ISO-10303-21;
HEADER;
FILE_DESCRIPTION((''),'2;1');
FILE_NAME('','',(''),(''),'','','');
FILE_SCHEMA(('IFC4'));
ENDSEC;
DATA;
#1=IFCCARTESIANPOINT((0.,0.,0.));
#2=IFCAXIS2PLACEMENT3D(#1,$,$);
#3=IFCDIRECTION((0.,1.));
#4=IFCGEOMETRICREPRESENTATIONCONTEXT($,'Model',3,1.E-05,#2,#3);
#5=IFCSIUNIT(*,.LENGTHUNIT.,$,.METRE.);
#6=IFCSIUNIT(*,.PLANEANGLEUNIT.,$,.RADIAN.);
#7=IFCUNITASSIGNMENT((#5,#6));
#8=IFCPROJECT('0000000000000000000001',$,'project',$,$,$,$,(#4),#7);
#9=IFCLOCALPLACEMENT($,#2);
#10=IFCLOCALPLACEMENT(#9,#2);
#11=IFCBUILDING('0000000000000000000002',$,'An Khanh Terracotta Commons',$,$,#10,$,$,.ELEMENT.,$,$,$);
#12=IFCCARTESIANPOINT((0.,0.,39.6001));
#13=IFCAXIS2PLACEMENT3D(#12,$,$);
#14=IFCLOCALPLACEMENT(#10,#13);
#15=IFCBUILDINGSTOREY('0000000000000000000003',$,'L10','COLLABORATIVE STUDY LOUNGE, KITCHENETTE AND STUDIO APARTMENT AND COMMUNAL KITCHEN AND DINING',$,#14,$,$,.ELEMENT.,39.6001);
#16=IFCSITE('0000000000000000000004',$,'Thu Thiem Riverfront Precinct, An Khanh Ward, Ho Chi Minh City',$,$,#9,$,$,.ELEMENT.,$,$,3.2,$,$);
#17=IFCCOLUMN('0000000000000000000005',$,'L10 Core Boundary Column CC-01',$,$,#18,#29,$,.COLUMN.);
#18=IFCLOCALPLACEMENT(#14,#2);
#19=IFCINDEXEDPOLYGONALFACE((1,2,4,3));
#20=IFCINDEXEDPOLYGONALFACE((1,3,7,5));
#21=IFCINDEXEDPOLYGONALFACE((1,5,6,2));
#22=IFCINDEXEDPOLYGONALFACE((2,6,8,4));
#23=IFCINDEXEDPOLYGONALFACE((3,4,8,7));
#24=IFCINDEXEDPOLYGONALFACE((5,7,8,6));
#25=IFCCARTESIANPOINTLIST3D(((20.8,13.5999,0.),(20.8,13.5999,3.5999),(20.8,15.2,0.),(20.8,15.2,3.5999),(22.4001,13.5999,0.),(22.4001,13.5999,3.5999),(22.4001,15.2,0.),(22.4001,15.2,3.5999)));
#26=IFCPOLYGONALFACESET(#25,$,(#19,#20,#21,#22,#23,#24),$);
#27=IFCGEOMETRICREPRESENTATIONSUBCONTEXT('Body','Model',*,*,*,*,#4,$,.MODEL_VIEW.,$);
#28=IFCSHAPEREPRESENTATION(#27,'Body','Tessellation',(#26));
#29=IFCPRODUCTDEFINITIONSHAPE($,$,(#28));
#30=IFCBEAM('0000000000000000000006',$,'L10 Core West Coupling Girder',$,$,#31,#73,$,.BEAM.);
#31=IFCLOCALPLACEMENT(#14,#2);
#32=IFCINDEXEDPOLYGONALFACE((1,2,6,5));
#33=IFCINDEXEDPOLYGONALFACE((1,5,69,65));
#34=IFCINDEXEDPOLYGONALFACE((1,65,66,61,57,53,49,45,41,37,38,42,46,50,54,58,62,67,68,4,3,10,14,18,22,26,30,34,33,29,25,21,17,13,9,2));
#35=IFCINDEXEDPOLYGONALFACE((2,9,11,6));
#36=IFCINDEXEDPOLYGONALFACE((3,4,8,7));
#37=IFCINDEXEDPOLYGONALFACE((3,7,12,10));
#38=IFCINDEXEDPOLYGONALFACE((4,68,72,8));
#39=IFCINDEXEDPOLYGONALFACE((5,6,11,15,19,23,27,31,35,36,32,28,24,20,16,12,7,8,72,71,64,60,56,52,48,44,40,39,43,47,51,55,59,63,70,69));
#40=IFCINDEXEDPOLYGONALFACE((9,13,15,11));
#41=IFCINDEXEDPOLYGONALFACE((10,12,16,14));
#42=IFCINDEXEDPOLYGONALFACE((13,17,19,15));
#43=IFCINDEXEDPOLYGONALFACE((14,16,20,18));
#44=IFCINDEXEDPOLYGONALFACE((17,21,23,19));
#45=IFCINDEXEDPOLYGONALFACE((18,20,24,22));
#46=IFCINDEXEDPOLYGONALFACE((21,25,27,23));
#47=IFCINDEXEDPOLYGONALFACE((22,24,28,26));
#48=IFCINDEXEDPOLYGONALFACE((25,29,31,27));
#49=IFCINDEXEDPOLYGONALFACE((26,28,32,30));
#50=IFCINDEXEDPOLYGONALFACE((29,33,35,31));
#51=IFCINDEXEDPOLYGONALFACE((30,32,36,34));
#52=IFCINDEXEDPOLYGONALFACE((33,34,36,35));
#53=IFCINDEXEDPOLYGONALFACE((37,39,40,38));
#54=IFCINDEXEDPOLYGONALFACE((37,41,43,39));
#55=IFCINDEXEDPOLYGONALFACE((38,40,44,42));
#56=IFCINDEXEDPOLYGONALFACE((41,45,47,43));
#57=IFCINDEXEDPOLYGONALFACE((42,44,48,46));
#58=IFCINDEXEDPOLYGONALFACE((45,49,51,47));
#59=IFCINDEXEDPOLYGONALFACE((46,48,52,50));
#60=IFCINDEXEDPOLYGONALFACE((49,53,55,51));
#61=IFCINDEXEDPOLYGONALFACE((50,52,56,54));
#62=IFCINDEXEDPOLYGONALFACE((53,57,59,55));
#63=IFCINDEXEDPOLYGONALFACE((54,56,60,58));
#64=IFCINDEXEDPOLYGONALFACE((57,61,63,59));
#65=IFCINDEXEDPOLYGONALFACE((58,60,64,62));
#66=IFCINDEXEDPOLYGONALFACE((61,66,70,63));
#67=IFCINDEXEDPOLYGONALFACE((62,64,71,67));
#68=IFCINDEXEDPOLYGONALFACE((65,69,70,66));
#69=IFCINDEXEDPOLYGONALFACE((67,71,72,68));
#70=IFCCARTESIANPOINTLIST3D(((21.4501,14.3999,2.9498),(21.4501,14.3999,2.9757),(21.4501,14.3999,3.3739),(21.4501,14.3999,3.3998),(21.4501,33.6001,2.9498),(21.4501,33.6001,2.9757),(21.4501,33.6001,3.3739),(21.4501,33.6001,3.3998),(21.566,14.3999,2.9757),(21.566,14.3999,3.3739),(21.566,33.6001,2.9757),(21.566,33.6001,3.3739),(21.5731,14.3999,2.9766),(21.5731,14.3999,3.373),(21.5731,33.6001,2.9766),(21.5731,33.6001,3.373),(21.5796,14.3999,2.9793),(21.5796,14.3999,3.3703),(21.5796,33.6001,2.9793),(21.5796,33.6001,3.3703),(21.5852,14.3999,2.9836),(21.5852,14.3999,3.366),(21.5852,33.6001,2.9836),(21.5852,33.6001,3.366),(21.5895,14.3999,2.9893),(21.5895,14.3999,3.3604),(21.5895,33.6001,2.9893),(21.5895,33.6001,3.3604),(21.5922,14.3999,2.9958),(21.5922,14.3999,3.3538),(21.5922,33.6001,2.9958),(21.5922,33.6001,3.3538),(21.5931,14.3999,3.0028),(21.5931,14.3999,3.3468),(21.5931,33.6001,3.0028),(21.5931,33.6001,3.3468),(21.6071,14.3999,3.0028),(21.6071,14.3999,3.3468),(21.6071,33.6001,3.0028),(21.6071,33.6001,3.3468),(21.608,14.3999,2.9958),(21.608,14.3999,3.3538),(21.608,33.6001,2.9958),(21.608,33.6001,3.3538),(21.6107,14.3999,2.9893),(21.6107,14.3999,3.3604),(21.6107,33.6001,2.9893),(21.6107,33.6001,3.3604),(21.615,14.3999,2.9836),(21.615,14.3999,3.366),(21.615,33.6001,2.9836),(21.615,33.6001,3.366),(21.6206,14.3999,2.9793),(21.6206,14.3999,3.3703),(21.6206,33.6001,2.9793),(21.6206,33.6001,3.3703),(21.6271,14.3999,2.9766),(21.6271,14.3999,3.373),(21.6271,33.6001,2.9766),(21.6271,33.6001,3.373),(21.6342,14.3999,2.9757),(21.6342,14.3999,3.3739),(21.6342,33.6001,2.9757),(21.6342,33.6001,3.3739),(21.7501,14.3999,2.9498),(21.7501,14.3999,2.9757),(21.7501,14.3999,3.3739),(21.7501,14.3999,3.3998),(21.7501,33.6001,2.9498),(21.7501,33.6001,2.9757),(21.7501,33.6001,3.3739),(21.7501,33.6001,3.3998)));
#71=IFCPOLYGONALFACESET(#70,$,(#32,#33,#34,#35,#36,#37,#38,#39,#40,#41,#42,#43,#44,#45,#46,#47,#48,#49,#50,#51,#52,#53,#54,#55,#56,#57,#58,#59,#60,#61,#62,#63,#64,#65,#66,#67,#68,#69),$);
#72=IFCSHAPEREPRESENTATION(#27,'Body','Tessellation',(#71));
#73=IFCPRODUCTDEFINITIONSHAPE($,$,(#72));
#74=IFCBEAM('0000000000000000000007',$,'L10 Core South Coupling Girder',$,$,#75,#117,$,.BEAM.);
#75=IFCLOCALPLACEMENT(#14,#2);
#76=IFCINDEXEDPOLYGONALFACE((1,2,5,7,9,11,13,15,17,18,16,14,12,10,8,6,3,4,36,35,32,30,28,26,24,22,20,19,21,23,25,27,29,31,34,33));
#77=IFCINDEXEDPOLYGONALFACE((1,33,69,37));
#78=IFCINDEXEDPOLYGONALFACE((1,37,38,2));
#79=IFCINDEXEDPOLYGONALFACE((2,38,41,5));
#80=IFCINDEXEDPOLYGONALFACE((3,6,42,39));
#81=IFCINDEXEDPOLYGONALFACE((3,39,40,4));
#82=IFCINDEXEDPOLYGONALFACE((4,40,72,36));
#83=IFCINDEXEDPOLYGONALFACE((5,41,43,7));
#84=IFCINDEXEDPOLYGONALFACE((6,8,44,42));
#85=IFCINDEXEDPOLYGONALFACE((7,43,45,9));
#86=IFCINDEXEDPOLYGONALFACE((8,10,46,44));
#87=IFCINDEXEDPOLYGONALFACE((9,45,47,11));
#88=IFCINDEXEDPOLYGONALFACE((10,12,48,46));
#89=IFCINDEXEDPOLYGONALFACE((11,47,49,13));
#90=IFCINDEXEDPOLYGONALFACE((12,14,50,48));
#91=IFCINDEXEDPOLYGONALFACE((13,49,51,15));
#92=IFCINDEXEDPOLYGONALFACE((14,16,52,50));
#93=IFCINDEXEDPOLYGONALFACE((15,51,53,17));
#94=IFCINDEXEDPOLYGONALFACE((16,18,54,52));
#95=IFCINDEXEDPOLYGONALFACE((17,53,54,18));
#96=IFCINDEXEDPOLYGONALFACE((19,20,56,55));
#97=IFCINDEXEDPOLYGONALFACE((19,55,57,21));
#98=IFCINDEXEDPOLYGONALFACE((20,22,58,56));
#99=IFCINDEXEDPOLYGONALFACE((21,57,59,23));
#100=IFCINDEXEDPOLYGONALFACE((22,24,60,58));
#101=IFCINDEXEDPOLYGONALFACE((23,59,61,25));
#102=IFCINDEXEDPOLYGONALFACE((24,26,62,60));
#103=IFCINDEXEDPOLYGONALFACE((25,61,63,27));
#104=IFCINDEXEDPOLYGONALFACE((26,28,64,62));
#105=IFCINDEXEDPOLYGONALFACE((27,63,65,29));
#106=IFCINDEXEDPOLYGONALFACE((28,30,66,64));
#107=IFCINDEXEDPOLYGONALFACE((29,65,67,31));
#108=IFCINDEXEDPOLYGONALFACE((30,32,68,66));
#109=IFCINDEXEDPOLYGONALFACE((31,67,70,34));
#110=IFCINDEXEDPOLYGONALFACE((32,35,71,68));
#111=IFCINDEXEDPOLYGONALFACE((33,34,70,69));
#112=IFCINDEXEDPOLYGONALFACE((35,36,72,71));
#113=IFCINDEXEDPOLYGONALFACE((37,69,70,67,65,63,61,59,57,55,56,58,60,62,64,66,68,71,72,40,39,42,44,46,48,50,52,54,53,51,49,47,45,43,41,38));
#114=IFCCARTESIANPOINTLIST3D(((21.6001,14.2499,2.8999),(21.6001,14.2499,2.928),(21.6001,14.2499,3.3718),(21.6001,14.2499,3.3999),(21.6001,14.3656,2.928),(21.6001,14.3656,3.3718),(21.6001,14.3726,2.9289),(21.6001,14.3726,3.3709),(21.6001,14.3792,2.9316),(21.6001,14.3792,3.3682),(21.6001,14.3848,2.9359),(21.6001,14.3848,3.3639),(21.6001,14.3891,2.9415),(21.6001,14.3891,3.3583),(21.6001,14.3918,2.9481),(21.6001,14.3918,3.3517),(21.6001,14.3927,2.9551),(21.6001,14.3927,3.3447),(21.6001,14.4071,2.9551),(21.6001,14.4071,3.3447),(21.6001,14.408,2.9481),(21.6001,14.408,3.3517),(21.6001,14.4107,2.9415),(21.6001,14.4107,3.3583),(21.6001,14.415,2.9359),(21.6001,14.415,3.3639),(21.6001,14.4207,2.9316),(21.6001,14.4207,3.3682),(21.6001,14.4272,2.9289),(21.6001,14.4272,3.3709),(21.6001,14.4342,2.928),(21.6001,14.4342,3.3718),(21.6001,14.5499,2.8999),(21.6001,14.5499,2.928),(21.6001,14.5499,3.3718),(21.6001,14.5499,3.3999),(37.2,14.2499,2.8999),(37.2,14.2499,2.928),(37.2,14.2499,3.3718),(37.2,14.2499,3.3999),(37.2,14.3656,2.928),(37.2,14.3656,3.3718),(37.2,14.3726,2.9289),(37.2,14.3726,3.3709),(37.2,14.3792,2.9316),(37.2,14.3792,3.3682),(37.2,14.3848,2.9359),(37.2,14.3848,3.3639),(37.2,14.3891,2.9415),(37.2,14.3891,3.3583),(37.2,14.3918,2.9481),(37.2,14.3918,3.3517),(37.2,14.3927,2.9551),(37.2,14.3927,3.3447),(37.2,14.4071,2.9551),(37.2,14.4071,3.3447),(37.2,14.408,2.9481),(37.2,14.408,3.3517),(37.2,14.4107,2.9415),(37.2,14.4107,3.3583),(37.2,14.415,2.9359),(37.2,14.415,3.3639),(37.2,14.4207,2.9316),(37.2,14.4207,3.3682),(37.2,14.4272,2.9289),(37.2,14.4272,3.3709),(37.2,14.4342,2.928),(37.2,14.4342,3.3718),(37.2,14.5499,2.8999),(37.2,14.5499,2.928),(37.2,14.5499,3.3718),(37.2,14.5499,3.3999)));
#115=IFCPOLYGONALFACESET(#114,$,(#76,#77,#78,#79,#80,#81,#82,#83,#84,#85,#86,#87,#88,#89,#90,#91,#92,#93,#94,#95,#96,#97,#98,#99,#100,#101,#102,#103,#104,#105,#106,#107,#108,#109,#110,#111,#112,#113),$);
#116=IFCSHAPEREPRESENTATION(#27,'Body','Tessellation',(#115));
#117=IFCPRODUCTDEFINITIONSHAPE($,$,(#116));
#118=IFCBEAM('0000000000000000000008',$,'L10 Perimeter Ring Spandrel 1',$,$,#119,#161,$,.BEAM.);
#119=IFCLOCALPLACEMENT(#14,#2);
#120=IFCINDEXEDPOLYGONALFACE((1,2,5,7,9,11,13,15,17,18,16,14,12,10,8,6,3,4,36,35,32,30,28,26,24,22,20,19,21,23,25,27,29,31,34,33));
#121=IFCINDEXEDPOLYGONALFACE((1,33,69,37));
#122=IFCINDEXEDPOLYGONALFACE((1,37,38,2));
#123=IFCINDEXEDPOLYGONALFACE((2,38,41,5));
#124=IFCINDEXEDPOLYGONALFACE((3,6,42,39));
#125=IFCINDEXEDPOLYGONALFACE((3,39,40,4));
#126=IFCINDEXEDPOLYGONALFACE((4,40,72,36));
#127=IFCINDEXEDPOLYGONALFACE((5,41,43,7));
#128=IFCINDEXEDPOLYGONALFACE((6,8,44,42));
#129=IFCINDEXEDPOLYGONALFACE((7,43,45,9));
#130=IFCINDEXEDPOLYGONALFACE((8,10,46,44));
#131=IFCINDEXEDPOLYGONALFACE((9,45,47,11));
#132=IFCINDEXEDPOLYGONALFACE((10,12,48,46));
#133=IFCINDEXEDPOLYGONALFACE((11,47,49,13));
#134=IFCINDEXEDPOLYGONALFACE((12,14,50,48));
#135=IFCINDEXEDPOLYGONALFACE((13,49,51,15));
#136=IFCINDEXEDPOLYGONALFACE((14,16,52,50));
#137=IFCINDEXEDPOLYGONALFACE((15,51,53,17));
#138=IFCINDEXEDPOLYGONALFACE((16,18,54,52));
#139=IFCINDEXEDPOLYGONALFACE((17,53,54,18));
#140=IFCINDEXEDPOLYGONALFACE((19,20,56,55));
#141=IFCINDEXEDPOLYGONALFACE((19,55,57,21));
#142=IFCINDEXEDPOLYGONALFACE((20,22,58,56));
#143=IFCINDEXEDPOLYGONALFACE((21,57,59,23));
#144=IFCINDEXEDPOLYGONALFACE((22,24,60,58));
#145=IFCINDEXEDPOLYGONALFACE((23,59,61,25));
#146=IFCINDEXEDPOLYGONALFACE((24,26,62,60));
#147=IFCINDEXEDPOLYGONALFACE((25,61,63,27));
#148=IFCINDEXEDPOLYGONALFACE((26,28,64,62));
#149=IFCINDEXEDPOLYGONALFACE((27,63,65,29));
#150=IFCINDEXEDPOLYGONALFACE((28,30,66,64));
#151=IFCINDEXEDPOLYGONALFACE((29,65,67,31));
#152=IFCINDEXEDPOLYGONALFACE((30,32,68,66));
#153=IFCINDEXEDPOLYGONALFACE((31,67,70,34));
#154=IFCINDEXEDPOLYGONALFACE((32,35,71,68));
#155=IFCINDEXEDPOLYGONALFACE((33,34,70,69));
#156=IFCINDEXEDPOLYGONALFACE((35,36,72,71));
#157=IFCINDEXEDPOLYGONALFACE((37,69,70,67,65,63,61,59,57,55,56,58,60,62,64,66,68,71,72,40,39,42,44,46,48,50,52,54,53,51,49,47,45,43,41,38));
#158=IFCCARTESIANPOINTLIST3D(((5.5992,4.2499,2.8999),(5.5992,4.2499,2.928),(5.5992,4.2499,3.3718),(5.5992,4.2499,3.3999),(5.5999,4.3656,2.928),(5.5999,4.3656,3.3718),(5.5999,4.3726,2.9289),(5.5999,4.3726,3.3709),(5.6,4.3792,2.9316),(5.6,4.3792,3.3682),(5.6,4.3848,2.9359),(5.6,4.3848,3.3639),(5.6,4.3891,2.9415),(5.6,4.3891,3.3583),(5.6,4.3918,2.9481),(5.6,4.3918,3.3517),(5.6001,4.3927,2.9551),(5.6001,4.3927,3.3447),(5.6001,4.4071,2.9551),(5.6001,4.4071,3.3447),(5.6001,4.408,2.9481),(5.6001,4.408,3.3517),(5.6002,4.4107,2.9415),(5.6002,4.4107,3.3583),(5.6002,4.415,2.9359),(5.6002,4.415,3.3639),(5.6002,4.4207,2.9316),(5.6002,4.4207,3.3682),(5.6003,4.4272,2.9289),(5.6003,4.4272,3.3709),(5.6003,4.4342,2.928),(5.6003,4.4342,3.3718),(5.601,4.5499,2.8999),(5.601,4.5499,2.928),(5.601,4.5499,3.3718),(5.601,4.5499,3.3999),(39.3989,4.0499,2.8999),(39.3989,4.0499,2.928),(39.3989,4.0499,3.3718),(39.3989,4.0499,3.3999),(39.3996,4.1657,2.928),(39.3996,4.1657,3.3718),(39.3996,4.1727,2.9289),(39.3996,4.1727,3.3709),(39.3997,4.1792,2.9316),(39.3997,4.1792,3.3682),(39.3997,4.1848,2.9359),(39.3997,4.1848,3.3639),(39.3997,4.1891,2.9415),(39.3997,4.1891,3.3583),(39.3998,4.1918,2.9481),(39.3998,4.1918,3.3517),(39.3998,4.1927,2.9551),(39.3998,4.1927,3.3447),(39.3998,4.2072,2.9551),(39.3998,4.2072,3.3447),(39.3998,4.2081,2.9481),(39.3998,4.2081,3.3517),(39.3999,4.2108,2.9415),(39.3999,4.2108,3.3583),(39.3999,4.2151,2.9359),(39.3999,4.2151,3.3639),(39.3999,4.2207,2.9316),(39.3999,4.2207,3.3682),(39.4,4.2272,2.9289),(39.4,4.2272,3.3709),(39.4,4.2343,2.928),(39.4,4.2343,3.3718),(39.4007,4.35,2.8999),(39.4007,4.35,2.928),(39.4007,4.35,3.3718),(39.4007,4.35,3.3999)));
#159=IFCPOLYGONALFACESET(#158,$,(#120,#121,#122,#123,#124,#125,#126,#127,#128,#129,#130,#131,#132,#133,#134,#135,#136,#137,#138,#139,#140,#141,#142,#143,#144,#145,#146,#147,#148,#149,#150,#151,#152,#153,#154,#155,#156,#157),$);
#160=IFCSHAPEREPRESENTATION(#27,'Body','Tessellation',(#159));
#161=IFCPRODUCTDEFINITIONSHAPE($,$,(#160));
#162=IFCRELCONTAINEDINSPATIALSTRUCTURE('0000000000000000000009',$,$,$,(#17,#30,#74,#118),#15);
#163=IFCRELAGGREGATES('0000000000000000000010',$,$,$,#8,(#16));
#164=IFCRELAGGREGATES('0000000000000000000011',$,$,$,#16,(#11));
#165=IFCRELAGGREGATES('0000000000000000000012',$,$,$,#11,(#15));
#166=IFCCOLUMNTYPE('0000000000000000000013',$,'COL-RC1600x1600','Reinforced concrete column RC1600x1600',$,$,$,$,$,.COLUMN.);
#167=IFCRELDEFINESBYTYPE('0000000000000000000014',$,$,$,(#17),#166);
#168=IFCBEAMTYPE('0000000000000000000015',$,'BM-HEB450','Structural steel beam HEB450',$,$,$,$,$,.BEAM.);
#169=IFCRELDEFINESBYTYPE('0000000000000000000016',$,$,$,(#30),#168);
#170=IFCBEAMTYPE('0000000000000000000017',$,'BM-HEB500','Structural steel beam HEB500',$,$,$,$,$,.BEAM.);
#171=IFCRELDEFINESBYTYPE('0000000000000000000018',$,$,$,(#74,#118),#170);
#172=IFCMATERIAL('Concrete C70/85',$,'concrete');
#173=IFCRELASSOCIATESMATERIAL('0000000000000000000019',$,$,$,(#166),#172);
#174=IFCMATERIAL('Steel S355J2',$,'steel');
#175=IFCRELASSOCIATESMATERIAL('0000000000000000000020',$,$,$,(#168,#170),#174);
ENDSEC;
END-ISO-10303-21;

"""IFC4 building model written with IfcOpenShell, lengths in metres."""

from ifc_helpers import new_model, si_unit, direction, frame, origin, origin_2d, place, context, subcontext, project, spatial, rectangle, i_section, extrude, material, material_profile, profile_set, type_object, element, save


model = new_model("IFC4")

# Units and contexts
model_context = context("Model", 3, precision=1e-05, world=origin(), true_north=direction((0.0, 1.0)))
body_context = subcontext(model_context, "Body", "Model", "MODEL_VIEW")
ifc_project = project(units=[si_unit("LENGTHUNIT", "METRE"), si_unit("PLANEANGLEUNIT", "RADIAN")], contexts=[model_context])

# Site, building, storey
site_placement = place(None, origin())
site = spatial("IfcSite", under=ifc_project, at=site_placement, Name="Thu Thiem Riverfront Precinct, An Khanh Ward, Ho Chi Minh City", CompositionType="ELEMENT", RefElevation=3.2)
building_placement = place(site_placement, origin())
building = spatial("IfcBuilding", under=site, at=building_placement, Name="An Khanh Terracotta Commons", CompositionType="ELEMENT")
storey_placement = place(building_placement, frame((0.0, 0.0, 39.6001)))
storey = spatial("IfcBuildingStorey", under=building, at=storey_placement, Name="L10", Description="COLLABORATIVE STUDY LOUNGE, KITCHENETTE AND STUDIO APARTMENT AND COMMUNAL KITCHEN AND DINING", CompositionType="ELEMENT", Elevation=39.6001)

# Column
ifc_material_1 = material(Name="Concrete C70/85", Category="concrete")
ifc_material_profile_1 = material_profile(ifc_material_1, rectangle(XDim=1.6001, YDim=1.6001, at=origin_2d()), Name="RC1600x1600")
ifc_profile_set_1 = profile_set([ifc_material_profile_1], Name="Concrete C70/85")
column_type = type_object("IfcColumnType", Name="COL-RC1600x1600", Description="Reinforced concrete column RC1600x1600", PredefinedType="COLUMN", material=ifc_profile_set_1)
column_placement = place(storey_placement, frame((21.6001, 14.3999, 0.0), z_axis=(0.0, 0.0, 1.0), x_axis=(1.0, 0.0, 0.0)))
element("IfcColumn", 1, at=column_placement, inside=storey, type_object=column_type, Name="L10 Core Boundary Column CC-01", PredefinedType="COLUMN", context=body_context, shape_type="SweptSolid", body=[
    extrude(rectangle(XDim=1.6001, YDim=1.6001, at=origin_2d()), origin(), (0.0, 0.0, 1.0), 3.5999),
])

# Beams
ifc_material_2 = material(Name="Steel S355J2", Category="steel")
ifc_material_profile_2 = material_profile(ifc_material_2, i_section(OverallWidth=0.3, OverallDepth=0.45, WebThickness=0.0139, FlangeThickness=0.0259, FilletRadius=0.0271, at=origin_2d()), Name="HEB450")
ifc_profile_set_2 = profile_set([ifc_material_profile_2], Name="Steel S355J2")
beam_type_1 = type_object("IfcBeamType", Name="BM-HEB450", Description="Structural steel beam HEB450", PredefinedType="BEAM", material=ifc_profile_set_2)
beam_1_placement = place(storey_placement, frame((21.6001, 14.3999, 3.1748), z_axis=(0.0, 1.0, 0.0), x_axis=(-1.0, 0.0, 0.0)))
element("IfcBeam", 2, at=beam_1_placement, inside=storey, type_object=beam_type_1, Name="L10 Core West Coupling Girder", PredefinedType="BEAM", context=body_context, shape_type="SweptSolid", body=[
    extrude(i_section(OverallWidth=0.3, OverallDepth=0.45, WebThickness=0.0139, FlangeThickness=0.0259, FilletRadius=0.0271, at=origin_2d()), origin(), (0.0, 0.0, 1.0), 19.2002),
])
ifc_material_profile_3 = material_profile(ifc_material_2, i_section(OverallWidth=0.3, OverallDepth=0.5, WebThickness=0.0144, FlangeThickness=0.0281, FilletRadius=0.0271, at=origin_2d()), Name="HEB500")
ifc_profile_set_3 = profile_set([ifc_material_profile_3], Name="Steel S355J2")
beam_type_2 = type_object("IfcBeamType", Name="BM-HEB500", Description="Structural steel beam HEB500", PredefinedType="BEAM", material=ifc_profile_set_3)
beam_2_placement = place(storey_placement, frame((21.6001, 14.3999, 3.1499), z_axis=(1.0, 0.0, 0.0), x_axis=(0.0, 1.0, 0.0)))
element("IfcBeam", 3, at=beam_2_placement, inside=storey, type_object=beam_type_2, Name="L10 Core South Coupling Girder", PredefinedType="BEAM", context=body_context, shape_type="SweptSolid", body=[
    extrude(i_section(OverallWidth=0.3, OverallDepth=0.5, WebThickness=0.0144, FlangeThickness=0.0281, FilletRadius=0.0271, at=origin_2d()), origin(), (0.0, 0.0, 1.0), 15.5999),
])
beam_3_placement = place(storey_placement, frame((5.6001, 4.3999, 3.1499), z_axis=(0.999983, -0.005916, 0.0), x_axis=(0.005916, 0.999983, 0.0)))
element("IfcBeam", 4, at=beam_3_placement, inside=storey, type_object=beam_type_2, Name="L10 Perimeter Ring Spandrel 1", PredefinedType="BEAM", context=body_context, shape_type="SweptSolid", body=[
    extrude(i_section(OverallWidth=0.3, OverallDepth=0.5, WebThickness=0.0144, FlangeThickness=0.0281, FilletRadius=0.0271, at=origin_2d()), origin(), (0.0, 0.0, 1.0), 33.8003),
])

save(model, "model.ifc")
